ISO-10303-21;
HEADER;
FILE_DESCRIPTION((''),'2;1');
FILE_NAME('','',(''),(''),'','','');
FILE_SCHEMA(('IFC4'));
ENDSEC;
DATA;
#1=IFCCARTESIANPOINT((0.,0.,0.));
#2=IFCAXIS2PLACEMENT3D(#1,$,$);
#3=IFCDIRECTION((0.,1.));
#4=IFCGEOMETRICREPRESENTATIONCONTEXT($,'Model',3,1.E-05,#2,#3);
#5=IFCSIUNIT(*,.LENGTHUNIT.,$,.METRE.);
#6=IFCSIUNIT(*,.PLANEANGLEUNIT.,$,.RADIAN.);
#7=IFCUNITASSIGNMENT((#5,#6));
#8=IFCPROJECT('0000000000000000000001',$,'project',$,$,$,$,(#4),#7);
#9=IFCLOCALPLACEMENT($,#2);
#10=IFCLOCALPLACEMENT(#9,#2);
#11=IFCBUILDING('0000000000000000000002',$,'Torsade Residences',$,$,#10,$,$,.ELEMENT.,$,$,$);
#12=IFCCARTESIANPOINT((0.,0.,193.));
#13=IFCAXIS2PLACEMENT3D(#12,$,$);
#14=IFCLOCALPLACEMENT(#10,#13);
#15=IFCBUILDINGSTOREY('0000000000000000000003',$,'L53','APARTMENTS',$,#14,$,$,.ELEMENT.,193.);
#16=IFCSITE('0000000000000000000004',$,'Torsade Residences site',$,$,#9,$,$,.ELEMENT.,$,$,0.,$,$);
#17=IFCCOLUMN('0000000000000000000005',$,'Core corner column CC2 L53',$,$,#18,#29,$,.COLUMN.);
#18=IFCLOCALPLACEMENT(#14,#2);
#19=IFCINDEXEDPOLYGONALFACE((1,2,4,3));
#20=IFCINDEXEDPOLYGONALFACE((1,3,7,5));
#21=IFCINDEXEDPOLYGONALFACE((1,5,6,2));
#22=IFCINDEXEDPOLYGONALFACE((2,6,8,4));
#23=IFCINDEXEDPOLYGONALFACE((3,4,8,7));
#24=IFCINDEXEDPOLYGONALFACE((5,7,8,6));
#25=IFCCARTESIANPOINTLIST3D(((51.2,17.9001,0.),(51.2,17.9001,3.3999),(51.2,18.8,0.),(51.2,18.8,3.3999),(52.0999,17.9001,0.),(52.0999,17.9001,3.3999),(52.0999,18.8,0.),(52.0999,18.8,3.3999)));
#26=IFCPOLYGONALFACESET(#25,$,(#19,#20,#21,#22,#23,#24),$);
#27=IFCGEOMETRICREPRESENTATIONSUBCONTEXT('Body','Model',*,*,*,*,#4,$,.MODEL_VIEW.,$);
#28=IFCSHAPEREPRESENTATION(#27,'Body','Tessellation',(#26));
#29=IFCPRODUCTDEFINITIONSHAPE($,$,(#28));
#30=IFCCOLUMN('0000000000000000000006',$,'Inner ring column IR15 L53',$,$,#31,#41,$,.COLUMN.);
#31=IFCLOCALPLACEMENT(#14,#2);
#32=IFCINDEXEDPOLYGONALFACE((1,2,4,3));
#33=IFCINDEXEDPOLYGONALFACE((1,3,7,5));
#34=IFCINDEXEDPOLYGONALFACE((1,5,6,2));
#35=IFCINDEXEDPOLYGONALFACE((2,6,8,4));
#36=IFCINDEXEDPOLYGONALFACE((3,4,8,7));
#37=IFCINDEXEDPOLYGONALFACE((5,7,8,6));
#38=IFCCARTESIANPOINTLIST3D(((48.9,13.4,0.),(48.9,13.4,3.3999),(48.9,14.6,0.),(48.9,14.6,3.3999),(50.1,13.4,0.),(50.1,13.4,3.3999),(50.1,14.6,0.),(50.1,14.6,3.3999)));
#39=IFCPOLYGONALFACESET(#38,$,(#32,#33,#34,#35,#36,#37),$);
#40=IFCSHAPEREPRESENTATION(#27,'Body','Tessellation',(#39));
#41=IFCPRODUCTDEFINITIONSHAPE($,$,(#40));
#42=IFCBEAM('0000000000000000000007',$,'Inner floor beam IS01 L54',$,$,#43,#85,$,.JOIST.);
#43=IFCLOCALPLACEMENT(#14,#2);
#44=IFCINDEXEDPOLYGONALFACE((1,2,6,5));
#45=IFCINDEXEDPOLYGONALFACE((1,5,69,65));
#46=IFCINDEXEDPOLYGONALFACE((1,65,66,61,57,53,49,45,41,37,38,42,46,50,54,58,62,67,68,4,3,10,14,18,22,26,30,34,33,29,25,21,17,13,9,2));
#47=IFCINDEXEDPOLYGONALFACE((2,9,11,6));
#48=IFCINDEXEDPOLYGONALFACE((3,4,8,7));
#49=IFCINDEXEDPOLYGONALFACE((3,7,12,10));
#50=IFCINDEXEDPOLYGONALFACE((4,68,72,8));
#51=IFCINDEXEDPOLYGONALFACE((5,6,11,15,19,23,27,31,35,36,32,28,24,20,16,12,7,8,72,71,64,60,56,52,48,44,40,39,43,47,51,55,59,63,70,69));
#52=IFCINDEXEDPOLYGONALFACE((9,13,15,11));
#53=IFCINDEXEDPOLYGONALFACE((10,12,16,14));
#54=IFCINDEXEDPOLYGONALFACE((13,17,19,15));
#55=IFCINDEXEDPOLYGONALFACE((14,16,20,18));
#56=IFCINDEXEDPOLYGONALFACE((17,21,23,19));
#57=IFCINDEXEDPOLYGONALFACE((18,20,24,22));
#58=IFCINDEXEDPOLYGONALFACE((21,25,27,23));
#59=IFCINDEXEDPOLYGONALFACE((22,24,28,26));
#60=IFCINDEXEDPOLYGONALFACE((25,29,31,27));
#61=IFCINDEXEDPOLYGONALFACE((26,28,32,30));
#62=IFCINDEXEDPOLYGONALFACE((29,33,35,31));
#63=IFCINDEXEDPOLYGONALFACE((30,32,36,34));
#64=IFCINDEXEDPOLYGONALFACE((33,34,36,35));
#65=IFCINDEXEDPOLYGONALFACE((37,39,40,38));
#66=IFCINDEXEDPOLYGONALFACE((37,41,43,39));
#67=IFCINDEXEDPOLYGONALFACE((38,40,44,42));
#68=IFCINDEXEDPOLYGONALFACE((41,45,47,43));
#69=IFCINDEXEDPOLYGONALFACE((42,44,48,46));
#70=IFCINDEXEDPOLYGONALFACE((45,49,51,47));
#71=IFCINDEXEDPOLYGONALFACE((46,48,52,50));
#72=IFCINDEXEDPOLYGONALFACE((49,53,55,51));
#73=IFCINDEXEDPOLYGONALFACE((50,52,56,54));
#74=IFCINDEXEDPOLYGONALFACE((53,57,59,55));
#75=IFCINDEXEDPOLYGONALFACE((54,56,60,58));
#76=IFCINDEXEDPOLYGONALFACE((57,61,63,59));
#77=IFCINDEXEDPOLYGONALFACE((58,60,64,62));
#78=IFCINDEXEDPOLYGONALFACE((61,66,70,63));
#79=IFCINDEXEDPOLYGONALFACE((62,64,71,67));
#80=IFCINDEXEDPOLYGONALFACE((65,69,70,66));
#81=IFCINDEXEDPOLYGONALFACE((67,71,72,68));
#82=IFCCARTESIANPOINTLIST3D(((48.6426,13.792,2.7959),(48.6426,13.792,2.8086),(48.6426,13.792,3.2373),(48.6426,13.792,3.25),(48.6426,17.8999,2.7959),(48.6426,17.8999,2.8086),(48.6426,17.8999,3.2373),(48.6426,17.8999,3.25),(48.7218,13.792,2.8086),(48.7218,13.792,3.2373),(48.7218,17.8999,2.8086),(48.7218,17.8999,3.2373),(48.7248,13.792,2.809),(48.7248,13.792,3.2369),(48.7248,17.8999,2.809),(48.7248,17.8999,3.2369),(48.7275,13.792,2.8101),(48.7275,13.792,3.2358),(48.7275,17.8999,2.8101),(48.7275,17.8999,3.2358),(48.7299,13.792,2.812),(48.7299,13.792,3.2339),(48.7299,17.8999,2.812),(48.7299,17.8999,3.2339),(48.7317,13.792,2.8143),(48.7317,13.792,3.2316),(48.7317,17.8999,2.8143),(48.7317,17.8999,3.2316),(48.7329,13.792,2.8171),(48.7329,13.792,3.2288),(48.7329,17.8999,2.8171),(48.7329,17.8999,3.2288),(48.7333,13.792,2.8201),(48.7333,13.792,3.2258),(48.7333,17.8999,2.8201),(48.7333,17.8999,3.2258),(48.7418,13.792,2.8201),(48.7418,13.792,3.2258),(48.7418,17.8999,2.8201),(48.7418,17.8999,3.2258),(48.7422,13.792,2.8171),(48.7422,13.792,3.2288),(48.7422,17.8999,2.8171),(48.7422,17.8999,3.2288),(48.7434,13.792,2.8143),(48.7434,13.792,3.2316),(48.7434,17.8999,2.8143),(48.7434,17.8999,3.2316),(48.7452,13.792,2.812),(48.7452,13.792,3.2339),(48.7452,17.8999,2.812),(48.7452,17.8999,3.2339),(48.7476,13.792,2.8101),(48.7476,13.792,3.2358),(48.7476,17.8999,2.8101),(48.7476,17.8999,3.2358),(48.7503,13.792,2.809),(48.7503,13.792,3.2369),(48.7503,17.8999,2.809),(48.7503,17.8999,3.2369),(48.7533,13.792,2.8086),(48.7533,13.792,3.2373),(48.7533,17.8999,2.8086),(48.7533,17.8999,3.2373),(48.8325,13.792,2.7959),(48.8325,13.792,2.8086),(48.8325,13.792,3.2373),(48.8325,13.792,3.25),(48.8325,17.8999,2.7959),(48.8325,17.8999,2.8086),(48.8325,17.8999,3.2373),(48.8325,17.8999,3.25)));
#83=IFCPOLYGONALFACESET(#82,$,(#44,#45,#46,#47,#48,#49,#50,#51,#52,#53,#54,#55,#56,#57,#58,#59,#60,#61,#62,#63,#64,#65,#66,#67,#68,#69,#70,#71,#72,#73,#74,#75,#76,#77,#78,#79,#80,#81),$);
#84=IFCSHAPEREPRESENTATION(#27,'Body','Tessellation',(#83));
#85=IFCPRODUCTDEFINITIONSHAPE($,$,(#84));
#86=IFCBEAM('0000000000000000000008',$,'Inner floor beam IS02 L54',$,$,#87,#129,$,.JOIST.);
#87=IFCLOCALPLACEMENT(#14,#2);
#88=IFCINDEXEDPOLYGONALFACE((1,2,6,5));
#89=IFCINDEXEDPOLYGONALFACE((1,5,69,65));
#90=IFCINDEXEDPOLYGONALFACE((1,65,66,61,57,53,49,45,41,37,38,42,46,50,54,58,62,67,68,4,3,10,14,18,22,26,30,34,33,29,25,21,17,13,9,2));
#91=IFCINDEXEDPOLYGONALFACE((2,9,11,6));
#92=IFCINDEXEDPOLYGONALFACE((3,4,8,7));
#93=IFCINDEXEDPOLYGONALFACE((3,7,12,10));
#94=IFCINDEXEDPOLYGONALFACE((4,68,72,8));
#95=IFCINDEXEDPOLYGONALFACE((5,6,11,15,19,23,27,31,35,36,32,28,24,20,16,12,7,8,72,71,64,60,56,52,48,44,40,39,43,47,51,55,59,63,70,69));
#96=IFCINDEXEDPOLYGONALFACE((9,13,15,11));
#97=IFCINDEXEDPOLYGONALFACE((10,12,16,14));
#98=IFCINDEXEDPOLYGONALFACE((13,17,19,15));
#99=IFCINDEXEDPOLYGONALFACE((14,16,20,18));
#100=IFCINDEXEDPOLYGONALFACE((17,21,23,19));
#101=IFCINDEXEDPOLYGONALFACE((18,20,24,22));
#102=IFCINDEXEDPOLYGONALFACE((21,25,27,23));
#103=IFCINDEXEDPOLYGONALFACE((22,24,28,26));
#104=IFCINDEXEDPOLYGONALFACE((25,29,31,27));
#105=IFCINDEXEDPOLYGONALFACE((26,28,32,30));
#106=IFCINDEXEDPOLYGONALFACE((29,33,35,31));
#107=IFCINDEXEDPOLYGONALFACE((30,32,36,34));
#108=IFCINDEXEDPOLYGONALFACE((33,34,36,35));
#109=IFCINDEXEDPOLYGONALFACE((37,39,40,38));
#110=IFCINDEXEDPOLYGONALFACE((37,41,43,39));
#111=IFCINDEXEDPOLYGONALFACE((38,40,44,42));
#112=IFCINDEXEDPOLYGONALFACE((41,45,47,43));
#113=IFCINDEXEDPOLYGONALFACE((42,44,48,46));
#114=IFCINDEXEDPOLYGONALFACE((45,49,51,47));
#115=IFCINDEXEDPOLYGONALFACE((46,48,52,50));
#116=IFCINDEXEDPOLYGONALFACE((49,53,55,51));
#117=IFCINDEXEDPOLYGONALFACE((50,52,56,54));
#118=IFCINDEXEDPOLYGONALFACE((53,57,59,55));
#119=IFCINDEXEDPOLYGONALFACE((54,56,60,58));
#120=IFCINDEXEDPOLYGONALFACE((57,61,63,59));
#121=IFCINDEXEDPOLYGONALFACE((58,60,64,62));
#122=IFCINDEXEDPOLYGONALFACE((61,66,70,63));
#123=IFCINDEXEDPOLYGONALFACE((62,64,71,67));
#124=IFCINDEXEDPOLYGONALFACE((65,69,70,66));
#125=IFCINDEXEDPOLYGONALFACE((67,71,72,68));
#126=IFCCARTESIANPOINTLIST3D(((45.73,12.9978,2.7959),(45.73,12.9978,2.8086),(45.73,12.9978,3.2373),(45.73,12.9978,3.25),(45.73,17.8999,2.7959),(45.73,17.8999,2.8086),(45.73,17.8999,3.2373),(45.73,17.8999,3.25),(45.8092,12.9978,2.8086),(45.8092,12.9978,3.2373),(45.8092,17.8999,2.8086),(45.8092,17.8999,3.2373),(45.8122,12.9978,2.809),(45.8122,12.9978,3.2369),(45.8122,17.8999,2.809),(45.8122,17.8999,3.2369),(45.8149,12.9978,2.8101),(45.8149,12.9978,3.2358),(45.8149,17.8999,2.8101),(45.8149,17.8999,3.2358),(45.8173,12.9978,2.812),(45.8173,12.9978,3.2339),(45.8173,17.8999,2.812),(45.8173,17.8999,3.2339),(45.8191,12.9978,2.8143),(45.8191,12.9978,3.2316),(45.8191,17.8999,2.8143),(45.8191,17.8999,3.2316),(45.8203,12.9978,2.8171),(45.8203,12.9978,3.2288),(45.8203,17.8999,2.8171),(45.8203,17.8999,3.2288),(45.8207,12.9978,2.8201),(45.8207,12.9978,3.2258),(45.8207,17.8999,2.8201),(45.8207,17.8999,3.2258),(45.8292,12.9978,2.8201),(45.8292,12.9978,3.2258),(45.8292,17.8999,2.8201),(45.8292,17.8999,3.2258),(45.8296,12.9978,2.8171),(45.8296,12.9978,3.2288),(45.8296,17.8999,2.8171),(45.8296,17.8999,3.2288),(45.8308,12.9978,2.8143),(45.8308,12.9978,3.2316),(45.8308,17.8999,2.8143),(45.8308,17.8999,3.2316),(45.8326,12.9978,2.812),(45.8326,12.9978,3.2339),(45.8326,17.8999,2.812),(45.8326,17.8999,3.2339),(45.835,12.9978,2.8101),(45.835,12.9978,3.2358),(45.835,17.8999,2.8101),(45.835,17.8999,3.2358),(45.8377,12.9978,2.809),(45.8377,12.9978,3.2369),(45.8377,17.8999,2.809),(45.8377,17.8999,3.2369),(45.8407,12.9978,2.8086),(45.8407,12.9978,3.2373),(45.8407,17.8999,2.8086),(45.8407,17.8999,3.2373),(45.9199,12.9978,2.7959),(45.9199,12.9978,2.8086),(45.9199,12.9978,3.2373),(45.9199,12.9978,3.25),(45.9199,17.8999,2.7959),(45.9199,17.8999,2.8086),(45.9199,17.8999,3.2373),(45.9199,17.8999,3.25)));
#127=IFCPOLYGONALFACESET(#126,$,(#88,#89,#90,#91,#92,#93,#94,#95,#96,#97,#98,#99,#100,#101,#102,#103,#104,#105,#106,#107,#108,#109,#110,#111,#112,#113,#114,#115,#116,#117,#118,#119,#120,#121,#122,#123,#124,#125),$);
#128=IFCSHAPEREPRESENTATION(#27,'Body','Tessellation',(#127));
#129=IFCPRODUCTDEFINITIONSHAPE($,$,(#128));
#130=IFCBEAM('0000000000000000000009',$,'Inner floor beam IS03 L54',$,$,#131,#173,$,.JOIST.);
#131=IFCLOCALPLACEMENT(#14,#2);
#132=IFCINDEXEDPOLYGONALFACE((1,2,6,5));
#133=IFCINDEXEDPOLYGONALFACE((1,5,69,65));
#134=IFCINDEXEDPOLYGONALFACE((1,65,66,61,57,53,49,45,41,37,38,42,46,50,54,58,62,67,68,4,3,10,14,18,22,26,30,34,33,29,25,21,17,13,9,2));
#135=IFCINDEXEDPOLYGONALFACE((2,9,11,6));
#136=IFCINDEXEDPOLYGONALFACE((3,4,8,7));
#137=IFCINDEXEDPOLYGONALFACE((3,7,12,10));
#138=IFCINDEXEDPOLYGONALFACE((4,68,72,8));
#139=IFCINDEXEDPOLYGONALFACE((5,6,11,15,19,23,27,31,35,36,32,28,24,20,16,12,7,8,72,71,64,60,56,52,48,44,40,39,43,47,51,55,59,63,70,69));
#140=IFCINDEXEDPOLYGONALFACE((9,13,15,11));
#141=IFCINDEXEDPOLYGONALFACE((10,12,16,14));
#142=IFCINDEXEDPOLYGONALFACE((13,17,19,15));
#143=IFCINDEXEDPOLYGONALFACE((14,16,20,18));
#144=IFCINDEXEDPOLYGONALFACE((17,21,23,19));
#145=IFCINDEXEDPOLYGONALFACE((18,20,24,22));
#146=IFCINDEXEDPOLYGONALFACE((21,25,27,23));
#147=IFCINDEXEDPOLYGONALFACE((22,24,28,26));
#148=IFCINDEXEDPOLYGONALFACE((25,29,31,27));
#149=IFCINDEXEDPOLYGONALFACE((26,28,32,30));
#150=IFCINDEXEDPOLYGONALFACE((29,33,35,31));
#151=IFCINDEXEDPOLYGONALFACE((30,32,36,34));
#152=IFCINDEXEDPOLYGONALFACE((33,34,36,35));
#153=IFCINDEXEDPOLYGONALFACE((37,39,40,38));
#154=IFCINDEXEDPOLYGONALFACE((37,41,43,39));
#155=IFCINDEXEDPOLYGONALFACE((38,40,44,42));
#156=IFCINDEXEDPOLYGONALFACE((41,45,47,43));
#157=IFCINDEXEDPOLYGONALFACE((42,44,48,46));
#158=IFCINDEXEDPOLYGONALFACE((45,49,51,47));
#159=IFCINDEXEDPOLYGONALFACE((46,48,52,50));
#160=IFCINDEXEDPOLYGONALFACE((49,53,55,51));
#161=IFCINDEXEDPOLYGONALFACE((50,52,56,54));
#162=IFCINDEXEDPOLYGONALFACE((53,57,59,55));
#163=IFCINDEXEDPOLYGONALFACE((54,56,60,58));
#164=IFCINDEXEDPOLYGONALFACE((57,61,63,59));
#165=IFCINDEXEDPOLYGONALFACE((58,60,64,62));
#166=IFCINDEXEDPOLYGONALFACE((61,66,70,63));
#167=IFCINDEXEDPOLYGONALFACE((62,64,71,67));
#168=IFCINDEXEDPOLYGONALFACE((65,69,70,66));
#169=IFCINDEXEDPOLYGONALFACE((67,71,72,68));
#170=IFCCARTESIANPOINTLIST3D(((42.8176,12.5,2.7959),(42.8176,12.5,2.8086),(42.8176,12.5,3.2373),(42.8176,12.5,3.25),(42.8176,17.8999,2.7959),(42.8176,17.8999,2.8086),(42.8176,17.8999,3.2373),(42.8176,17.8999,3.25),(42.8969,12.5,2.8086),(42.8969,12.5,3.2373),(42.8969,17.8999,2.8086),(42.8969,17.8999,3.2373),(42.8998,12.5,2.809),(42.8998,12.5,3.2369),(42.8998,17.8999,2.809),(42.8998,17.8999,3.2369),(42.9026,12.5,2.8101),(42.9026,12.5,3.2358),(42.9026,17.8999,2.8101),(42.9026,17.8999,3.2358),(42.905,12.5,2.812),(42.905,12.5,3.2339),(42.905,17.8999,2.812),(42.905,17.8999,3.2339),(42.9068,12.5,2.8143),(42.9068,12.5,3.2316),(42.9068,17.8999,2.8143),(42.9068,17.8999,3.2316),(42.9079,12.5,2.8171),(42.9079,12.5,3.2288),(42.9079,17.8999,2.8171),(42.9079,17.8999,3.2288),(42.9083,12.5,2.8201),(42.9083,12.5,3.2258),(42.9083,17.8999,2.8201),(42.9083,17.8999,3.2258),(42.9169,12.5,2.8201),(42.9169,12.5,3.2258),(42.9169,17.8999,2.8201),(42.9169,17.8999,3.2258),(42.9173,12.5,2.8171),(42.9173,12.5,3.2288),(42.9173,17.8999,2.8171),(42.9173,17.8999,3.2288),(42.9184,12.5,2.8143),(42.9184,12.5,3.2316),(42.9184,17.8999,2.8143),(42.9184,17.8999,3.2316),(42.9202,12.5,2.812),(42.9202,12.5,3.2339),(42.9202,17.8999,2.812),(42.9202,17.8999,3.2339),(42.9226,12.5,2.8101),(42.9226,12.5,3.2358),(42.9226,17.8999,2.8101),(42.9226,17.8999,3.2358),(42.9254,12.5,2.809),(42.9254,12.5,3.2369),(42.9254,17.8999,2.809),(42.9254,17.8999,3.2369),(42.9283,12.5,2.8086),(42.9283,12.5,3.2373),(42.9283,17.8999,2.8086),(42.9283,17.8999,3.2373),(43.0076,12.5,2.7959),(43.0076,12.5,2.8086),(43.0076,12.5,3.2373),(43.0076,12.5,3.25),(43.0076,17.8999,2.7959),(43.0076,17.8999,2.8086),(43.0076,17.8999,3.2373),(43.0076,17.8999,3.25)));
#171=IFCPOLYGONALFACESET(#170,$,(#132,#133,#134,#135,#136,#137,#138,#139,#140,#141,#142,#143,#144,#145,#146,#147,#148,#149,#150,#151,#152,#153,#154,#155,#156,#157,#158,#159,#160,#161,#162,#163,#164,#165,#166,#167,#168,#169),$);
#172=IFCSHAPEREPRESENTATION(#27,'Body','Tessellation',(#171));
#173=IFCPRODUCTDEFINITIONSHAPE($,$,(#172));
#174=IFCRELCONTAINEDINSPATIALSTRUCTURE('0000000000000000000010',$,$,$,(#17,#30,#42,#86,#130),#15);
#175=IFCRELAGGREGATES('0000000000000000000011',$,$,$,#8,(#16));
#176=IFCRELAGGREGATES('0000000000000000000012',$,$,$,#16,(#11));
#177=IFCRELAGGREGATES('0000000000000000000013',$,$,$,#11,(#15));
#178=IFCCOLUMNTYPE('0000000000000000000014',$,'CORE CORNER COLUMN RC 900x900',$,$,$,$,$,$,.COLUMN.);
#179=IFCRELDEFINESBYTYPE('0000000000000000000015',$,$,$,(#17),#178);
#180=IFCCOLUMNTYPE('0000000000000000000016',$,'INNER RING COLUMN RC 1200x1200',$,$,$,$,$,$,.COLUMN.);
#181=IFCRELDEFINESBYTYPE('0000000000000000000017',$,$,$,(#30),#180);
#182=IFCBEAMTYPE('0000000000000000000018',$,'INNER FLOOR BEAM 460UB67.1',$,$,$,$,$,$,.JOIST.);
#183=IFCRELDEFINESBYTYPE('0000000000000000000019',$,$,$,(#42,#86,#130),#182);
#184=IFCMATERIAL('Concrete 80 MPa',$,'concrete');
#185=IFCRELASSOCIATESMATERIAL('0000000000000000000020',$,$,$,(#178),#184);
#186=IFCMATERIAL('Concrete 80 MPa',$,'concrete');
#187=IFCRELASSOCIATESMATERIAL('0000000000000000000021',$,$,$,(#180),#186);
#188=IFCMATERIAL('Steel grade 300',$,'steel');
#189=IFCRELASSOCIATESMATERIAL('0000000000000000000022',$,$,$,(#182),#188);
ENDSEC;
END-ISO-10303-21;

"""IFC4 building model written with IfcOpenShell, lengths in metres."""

from ifc_helpers import new_model, si_unit, direction, frame, origin, origin_2d, place, context, subcontext, project, spatial, rectangle, i_section, extrude, material, material_profile, profile_set, type_object, element, save


model = new_model("IFC4")

# Units and contexts
model_context = context("Model", 3, precision=1e-05, world=origin(), true_north=direction((0.0, 1.0)))
body_context = subcontext(model_context, "Body", "Model", "MODEL_VIEW")
ifc_project = project(units=[si_unit("LENGTHUNIT", "METRE"), si_unit("PLANEANGLEUNIT", "RADIAN")], contexts=[model_context])

# Site, building, storey
site_placement = place(None, origin())
site = spatial("IfcSite", under=ifc_project, at=site_placement, Name="Torsade Residences site", CompositionType="ELEMENT", RefElevation=0.0)
building_placement = place(site_placement, origin())
building = spatial("IfcBuilding", under=site, at=building_placement, Name="Torsade Residences", CompositionType="ELEMENT")
storey_placement = place(building_placement, frame((0.0, 0.0, 193.0)))
storey = spatial("IfcBuildingStorey", under=building, at=storey_placement, Name="L53", Description="APARTMENTS", CompositionType="ELEMENT", Elevation=193.0)

# Columns
ifc_material_1 = material(Name="Concrete 80 MPa", Category="concrete")
ifc_material_profile_1 = material_profile(ifc_material_1, rectangle(XDim=0.8999, YDim=0.8999, at=origin_2d()), Name="RC 900x900")
ifc_profile_set_1 = profile_set([ifc_material_profile_1], Name="Concrete 80 MPa")
column_type_1 = type_object("IfcColumnType", Name="CORE CORNER COLUMN RC 900x900", PredefinedType="COLUMN", material=ifc_profile_set_1)
column_1_placement = place(storey_placement, frame((51.6499, 18.3501, 0.0), z_axis=(0.0, 0.0, 1.0), x_axis=(1.0, 0.0, 0.0)))
element("IfcColumn", 1, at=column_1_placement, inside=storey, type_object=column_type_1, Name="Core corner column CC2 L53", PredefinedType="COLUMN", context=body_context, shape_type="SweptSolid", body=[
    extrude(rectangle(XDim=0.8999, YDim=0.8999, at=origin_2d()), origin(), (0.0, 0.0, 1.0), 3.3999),
])
ifc_material_2 = material(Name="Concrete 80 MPa", Category="concrete")
ifc_material_profile_2 = material_profile(ifc_material_2, rectangle(XDim=1.2, YDim=1.2, at=origin_2d()), Name="RC 1200x1200")
ifc_profile_set_2 = profile_set([ifc_material_profile_2], Name="Concrete 80 MPa")
column_type_2 = type_object("IfcColumnType", Name="INNER RING COLUMN RC 1200x1200", PredefinedType="COLUMN", material=ifc_profile_set_2)
column_2_placement = place(storey_placement, frame((49.5, 14.0, 0.0), z_axis=(0.0, 0.0, 1.0), x_axis=(1.0, 0.0, 0.0)))
element("IfcColumn", 2, at=column_2_placement, inside=storey, type_object=column_type_2, Name="Inner ring column IR15 L53", PredefinedType="COLUMN", context=body_context, shape_type="SweptSolid", body=[
    extrude(rectangle(XDim=1.2, YDim=1.2, at=origin_2d()), origin(), (0.0, 0.0, 1.0), 3.3999),
])

# Beams
ifc_material_3 = material(Name="Steel grade 300", Category="steel")
ifc_material_profile_3 = material_profile(ifc_material_3, i_section(OverallWidth=0.1899, OverallDepth=0.4541, WebThickness=0.0085, FlangeThickness=0.0127, FilletRadius=0.0115, at=origin_2d()), Name="460UB67.1")
ifc_profile_set_3 = profile_set([ifc_material_profile_3], Name="Steel grade 300")
beam_type_1 = type_object("IfcBeamType", Name="INNER FLOOR BEAM 460UB67.1", PredefinedType="JOIST", material=ifc_profile_set_3)
beam_1_placement = place(storey_placement, frame((48.7375, 17.8999, 3.0229), z_axis=(0.0, -1.0, 0.0), x_axis=(1.0, 0.0, 0.0)))
element("IfcBeam", 3, at=beam_1_placement, inside=storey, type_object=beam_type_1, Name="Inner floor beam IS01 L54", PredefinedType="JOIST", context=body_context, shape_type="SweptSolid", body=[
    extrude(i_section(OverallWidth=0.1899, OverallDepth=0.4541, WebThickness=0.0085, FlangeThickness=0.0127, FilletRadius=0.0115, at=origin_2d()), origin(), (0.0, 0.0, 1.0), 4.1079),
])
beam_2_placement = place(storey_placement, frame((45.825, 17.8999, 3.0229), z_axis=(0.0, -1.0, 0.0), x_axis=(1.0, 0.0, 0.0)))
element("IfcBeam", 4, at=beam_2_placement, inside=storey, type_object=beam_type_1, Name="Inner floor beam IS02 L54", PredefinedType="JOIST", context=body_context, shape_type="SweptSolid", body=[
    extrude(i_section(OverallWidth=0.1899, OverallDepth=0.4541, WebThickness=0.0085, FlangeThickness=0.0127, FilletRadius=0.0115, at=origin_2d()), origin(), (0.0, 0.0, 1.0), 4.9021),
])
for number, where, z_axis, x_axis, name in (
    (5, (42.9126, 17.8999, 3.0229), (0.0, -1.0, 0.0), (1.0, 0.0, 0.0), "Inner floor beam IS03 L54"),
):
    element("IfcBeam", number, at=place(storey_placement, frame(where, z_axis=z_axis, x_axis=x_axis)), inside=storey, type_object=beam_type_1, Name=name, PredefinedType="JOIST", context=body_context, shape_type="SweptSolid", body=[
        extrude(i_section(OverallWidth=0.1899, OverallDepth=0.4541, WebThickness=0.0085, FlangeThickness=0.0127, FilletRadius=0.0115, at=origin_2d()), origin(), (0.0, 0.0, 1.0), 5.3999),
    ])

save(model, "model.ifc")
